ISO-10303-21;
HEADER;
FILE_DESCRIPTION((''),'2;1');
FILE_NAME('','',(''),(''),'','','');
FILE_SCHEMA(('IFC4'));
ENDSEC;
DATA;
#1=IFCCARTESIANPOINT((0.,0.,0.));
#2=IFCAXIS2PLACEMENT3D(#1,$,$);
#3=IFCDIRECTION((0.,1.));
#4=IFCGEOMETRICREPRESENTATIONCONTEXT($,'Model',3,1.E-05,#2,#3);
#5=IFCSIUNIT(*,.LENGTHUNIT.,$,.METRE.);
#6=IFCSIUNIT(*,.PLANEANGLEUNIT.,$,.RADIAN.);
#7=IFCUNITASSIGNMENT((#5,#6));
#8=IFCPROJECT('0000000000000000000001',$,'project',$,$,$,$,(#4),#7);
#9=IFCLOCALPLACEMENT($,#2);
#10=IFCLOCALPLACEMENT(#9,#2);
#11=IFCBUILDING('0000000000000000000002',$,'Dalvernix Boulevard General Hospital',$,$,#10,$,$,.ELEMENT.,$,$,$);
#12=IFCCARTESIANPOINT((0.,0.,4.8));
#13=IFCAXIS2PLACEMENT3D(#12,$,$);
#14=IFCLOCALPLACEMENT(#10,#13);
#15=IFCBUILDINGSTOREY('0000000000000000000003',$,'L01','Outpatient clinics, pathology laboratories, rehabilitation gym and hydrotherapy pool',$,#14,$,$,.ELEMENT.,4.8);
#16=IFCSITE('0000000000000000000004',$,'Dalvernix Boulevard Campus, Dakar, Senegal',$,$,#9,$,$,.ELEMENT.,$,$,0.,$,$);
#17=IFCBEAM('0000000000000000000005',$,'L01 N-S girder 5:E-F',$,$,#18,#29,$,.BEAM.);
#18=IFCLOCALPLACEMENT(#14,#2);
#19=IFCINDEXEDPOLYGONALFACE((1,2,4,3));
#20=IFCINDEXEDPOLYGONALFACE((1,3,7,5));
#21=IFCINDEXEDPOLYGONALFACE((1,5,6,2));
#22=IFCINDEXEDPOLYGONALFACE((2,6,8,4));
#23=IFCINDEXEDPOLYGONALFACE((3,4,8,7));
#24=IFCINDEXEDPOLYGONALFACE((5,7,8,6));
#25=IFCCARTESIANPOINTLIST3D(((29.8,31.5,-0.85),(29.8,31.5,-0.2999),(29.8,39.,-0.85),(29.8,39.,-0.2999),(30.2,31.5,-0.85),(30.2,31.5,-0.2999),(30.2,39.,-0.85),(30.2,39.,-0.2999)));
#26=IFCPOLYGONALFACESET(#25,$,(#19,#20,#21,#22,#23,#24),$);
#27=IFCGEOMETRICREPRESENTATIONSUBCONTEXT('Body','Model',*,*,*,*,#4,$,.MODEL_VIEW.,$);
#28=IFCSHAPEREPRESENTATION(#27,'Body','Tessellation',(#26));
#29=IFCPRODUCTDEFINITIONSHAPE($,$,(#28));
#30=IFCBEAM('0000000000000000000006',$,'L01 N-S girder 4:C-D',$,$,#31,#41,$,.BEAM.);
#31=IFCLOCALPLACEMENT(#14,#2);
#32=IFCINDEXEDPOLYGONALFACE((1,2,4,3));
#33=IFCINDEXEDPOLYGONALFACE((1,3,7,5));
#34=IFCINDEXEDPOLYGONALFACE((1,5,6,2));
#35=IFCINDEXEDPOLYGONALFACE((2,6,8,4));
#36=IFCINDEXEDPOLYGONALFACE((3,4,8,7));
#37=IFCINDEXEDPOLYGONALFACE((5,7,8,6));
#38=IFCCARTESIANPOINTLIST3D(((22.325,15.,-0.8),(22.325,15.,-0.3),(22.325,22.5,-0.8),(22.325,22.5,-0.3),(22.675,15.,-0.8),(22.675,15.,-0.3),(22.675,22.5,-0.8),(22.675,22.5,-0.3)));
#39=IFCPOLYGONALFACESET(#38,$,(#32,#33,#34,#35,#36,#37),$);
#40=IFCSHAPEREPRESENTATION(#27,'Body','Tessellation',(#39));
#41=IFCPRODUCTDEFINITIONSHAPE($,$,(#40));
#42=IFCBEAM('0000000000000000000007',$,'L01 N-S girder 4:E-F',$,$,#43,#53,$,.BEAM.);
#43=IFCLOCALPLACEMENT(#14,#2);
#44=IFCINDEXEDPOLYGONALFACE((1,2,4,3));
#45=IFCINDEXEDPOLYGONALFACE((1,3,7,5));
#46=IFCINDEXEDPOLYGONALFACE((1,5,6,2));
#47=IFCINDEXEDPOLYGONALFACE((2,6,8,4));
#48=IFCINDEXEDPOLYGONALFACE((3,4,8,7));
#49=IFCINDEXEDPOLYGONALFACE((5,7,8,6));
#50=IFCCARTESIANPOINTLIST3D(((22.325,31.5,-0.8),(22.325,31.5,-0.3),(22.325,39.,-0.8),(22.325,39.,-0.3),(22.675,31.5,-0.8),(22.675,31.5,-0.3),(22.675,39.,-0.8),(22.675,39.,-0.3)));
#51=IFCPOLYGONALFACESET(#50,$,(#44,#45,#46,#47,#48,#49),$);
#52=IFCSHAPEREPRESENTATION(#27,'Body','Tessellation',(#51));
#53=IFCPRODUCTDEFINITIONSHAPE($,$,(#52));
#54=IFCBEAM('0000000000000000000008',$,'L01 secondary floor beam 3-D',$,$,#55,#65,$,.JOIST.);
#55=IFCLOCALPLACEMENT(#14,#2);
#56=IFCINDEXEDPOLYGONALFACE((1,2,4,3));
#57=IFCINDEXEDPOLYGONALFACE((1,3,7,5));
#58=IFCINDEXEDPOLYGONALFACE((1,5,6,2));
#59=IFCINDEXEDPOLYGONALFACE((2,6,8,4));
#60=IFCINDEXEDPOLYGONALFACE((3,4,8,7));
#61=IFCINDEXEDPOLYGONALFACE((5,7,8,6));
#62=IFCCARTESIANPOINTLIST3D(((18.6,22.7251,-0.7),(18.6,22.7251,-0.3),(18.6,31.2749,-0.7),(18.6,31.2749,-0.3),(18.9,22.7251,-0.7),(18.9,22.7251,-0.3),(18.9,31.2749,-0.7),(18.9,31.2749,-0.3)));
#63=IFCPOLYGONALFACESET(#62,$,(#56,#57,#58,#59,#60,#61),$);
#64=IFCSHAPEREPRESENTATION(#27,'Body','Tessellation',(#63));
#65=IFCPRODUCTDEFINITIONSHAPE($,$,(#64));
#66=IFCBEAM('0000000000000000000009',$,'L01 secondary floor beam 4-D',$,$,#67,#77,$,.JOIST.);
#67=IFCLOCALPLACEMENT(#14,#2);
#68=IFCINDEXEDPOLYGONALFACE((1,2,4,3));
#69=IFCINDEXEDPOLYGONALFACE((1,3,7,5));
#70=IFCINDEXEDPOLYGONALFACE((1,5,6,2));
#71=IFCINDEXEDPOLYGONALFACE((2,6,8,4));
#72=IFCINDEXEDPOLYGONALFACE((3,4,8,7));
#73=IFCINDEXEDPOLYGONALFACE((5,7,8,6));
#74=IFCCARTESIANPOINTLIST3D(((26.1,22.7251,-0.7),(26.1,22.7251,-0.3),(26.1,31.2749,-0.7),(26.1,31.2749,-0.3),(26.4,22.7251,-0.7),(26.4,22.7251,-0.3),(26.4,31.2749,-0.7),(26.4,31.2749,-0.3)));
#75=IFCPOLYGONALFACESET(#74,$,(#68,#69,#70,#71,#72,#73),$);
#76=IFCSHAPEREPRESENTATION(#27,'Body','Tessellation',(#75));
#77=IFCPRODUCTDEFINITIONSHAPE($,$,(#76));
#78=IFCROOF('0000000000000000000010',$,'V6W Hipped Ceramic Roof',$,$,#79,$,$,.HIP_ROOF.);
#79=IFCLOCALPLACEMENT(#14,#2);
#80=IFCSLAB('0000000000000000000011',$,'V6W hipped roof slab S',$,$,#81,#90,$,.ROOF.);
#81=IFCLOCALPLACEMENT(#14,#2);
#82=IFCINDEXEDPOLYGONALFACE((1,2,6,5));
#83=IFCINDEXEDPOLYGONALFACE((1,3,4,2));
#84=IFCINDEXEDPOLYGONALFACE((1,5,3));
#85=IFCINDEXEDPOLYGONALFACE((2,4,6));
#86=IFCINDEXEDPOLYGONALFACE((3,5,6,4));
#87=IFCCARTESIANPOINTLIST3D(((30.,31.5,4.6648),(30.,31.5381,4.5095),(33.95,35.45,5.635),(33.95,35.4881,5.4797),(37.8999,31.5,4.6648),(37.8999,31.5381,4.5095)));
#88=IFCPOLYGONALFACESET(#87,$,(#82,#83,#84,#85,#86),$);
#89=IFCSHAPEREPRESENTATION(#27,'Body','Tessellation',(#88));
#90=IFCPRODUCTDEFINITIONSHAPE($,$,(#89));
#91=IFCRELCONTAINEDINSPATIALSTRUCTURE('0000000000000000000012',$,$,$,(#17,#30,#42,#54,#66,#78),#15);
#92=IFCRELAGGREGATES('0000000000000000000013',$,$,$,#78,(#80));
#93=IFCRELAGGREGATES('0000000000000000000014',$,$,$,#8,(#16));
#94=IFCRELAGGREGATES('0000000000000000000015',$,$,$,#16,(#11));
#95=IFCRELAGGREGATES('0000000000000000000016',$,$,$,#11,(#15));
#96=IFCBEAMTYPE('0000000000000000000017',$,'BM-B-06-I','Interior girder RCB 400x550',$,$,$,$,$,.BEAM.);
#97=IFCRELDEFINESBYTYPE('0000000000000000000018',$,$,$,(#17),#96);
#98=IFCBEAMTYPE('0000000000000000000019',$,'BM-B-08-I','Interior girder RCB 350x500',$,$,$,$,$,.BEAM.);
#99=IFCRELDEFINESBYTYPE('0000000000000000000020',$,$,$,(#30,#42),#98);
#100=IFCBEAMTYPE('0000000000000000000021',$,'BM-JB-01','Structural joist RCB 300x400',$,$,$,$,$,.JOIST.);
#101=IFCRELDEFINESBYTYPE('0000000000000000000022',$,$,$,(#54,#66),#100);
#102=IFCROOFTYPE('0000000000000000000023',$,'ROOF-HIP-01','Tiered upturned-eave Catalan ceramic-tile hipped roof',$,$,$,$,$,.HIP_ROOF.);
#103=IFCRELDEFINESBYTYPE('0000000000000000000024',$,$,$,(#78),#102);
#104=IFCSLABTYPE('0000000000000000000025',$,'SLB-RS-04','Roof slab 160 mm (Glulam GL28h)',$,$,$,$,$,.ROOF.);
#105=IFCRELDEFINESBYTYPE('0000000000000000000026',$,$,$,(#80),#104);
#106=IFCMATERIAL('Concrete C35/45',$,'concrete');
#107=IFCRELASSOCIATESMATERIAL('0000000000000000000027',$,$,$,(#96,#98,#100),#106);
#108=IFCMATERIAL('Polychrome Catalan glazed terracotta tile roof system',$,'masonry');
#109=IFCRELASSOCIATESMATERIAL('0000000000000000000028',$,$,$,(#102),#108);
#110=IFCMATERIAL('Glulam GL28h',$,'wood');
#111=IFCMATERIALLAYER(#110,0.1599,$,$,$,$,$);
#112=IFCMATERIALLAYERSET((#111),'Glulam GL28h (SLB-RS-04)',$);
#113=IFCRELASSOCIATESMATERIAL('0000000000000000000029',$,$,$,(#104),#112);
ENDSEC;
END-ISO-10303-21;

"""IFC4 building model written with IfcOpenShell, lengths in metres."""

from ifc_helpers import new_model, si_unit, direction, frame, origin, origin_2d, place, context, subcontext, project, spatial, polyline, rectangle, outline, extrude, material, layer, layer_set, material_profile, profile_set, type_object, element, aggregate, save


model = new_model("IFC4")

# Units and contexts
model_context = context("Model", 3, precision=1e-05, world=origin(), true_north=direction((0.0, 1.0)))
body_context = subcontext(model_context, "Body", "Model", "MODEL_VIEW")
ifc_project = project(units=[si_unit("LENGTHUNIT", "METRE"), si_unit("PLANEANGLEUNIT", "RADIAN")], contexts=[model_context])

# Site, building, storey
site_placement = place(None, origin())
site = spatial("IfcSite", under=ifc_project, at=site_placement, Name="Dalvernix Boulevard Campus, Dakar, Senegal", CompositionType="ELEMENT", RefElevation=0.0)
building_placement = place(site_placement, origin())
building = spatial("IfcBuilding", under=site, at=building_placement, Name="Dalvernix Boulevard General Hospital", CompositionType="ELEMENT")
storey_placement = place(building_placement, frame((0.0, 0.0, 4.8)))
storey = spatial("IfcBuildingStorey", under=building, at=storey_placement, Name="L01", Description="Outpatient clinics, pathology laboratories, rehabilitation gym and hydrotherapy pool", CompositionType="ELEMENT", Elevation=4.8)

# Shared definitions
ifc_material_1 = material(Name="Glulam GL28h", Category="wood")

# Beams
ifc_material_2 = material(Name="Concrete C35/45", Category="concrete")
ifc_material_profile_1 = material_profile(ifc_material_2, rectangle(XDim=0.3999, YDim=0.55, at=origin_2d()), Name="RCB 400x550")
ifc_profile_set_1 = profile_set([ifc_material_profile_1], Name="Concrete C35/45")
beam_type_1 = type_object("IfcBeamType", Name="BM-B-06-I", Description="Interior girder RCB 400x550", PredefinedType="BEAM", material=ifc_profile_set_1)
for number, where, z_axis, x_axis, name in (
    (1, (30.0, 31.5, -0.575), (0.0, 1.0, 0.0), (-1.0, 0.0, 0.0), "L01 N-S girder 5:E-F"),
):
    element("IfcBeam", number, at=place(storey_placement, frame(where, z_axis=z_axis, x_axis=x_axis)), inside=storey, type_object=beam_type_1, Name=name, PredefinedType="BEAM", context=body_context, shape_type="SweptSolid", body=[
        extrude(rectangle(XDim=0.3999, YDim=0.55, at=origin_2d()), origin(), (0.0, 0.0, 1.0), 7.5),
    ])
ifc_material_profile_2 = material_profile(ifc_material_2, rectangle(XDim=0.3501, YDim=0.5, at=origin_2d()), Name="RCB 350x500")
ifc_profile_set_2 = profile_set([ifc_material_profile_2], Name="Concrete C35/45")
beam_type_2 = type_object("IfcBeamType", Name="BM-B-08-I", Description="Interior girder RCB 350x500", PredefinedType="BEAM", material=ifc_profile_set_2)
for number, where, z_axis, x_axis, name in (
    (2, (22.5, 15.0, -0.55), (0.0, 1.0, 0.0), (-1.0, 0.0, 0.0), "L01 N-S girder 4:C-D"),
    (3, (22.5, 31.5, -0.55), (0.0, 1.0, 0.0), (-1.0, 0.0, 0.0), "L01 N-S girder 4:E-F"),
):
    element("IfcBeam", number, at=place(storey_placement, frame(where, z_axis=z_axis, x_axis=x_axis)), inside=storey, type_object=beam_type_2, Name=name, PredefinedType="BEAM", context=body_context, shape_type="SweptSolid", body=[
        extrude(rectangle(XDim=0.3501, YDim=0.5, at=origin_2d()), origin(), (0.0, 0.0, 1.0), 7.5),
    ])
ifc_material_profile_3 = material_profile(ifc_material_2, rectangle(XDim=0.3, YDim=0.3999, at=origin_2d()), Name="RCB 300x400")
ifc_profile_set_3 = profile_set([ifc_material_profile_3], Name="Concrete C35/45")
beam_type_3 = type_object("IfcBeamType", Name="BM-JB-01", Description="Structural joist RCB 300x400", PredefinedType="JOIST", material=ifc_profile_set_3)
for number, where, z_axis, x_axis, name in (
    (4, (18.75, 22.7251, -0.5), (0.0, 1.0, 0.0), (-1.0, 0.0, 0.0), "L01 secondary floor beam 3-D"),
    (5, (26.25, 22.7251, -0.5), (0.0, 1.0, 0.0), (-1.0, 0.0, 0.0), "L01 secondary floor beam 4-D"),
):
    element("IfcBeam", number, at=place(storey_placement, frame(where, z_axis=z_axis, x_axis=x_axis)), inside=storey, type_object=beam_type_3, Name=name, PredefinedType="JOIST", context=body_context, shape_type="SweptSolid", body=[
        extrude(rectangle(XDim=0.3, YDim=0.3999, at=origin_2d()), origin(), (0.0, 0.0, 1.0), 8.5498),
    ])

# Roof, slab
ifc_material_3 = material(Name="Polychrome Catalan glazed terracotta tile roof system", Category="masonry")
roof_type = type_object("IfcRoofType", Name="ROOF-HIP-01", Description="Tiered upturned-eave Catalan ceramic-tile hipped roof", PredefinedType="HIP_ROOF", material=ifc_material_3)
roof_placement = place(storey_placement, origin())
roof = element("IfcRoof", 6, at=roof_placement, inside=storey, type_object=roof_type, Name="V6W Hipped Ceramic Roof", PredefinedType="HIP_ROOF")
ifc_layer = layer(ifc_material_1, 0.1599)
ifc_layer_set = layer_set([ifc_layer], Name="Glulam GL28h (SLB-RS-04)")
slab_type = type_object("IfcSlabType", Name="SLB-RS-04", Description="Roof slab 160 mm (Glulam GL28h)", PredefinedType="ROOF", material=ifc_layer_set)
slab_placement = place(storey_placement, frame((30.0, 31.5, 4.6648), z_axis=(0.0, -0.238537, 0.971133), x_axis=(1.0, 0.0, 0.0)))
slab = element("IfcSlab", 7, at=slab_placement, type_object=slab_type, Name="V6W hipped roof slab S", PredefinedType="ROOF", context=body_context, shape_type="SweptSolid", body=[
    extrude(outline(polyline([(0.0, 0.0), (7.8999, 0.0), (3.95, 4.0674), (0.0, 0.0)])), origin(), (0.0, 0.0, -1.0), 0.1599),
])
aggregate(roof, [slab])

save(model, "model.ifc")
